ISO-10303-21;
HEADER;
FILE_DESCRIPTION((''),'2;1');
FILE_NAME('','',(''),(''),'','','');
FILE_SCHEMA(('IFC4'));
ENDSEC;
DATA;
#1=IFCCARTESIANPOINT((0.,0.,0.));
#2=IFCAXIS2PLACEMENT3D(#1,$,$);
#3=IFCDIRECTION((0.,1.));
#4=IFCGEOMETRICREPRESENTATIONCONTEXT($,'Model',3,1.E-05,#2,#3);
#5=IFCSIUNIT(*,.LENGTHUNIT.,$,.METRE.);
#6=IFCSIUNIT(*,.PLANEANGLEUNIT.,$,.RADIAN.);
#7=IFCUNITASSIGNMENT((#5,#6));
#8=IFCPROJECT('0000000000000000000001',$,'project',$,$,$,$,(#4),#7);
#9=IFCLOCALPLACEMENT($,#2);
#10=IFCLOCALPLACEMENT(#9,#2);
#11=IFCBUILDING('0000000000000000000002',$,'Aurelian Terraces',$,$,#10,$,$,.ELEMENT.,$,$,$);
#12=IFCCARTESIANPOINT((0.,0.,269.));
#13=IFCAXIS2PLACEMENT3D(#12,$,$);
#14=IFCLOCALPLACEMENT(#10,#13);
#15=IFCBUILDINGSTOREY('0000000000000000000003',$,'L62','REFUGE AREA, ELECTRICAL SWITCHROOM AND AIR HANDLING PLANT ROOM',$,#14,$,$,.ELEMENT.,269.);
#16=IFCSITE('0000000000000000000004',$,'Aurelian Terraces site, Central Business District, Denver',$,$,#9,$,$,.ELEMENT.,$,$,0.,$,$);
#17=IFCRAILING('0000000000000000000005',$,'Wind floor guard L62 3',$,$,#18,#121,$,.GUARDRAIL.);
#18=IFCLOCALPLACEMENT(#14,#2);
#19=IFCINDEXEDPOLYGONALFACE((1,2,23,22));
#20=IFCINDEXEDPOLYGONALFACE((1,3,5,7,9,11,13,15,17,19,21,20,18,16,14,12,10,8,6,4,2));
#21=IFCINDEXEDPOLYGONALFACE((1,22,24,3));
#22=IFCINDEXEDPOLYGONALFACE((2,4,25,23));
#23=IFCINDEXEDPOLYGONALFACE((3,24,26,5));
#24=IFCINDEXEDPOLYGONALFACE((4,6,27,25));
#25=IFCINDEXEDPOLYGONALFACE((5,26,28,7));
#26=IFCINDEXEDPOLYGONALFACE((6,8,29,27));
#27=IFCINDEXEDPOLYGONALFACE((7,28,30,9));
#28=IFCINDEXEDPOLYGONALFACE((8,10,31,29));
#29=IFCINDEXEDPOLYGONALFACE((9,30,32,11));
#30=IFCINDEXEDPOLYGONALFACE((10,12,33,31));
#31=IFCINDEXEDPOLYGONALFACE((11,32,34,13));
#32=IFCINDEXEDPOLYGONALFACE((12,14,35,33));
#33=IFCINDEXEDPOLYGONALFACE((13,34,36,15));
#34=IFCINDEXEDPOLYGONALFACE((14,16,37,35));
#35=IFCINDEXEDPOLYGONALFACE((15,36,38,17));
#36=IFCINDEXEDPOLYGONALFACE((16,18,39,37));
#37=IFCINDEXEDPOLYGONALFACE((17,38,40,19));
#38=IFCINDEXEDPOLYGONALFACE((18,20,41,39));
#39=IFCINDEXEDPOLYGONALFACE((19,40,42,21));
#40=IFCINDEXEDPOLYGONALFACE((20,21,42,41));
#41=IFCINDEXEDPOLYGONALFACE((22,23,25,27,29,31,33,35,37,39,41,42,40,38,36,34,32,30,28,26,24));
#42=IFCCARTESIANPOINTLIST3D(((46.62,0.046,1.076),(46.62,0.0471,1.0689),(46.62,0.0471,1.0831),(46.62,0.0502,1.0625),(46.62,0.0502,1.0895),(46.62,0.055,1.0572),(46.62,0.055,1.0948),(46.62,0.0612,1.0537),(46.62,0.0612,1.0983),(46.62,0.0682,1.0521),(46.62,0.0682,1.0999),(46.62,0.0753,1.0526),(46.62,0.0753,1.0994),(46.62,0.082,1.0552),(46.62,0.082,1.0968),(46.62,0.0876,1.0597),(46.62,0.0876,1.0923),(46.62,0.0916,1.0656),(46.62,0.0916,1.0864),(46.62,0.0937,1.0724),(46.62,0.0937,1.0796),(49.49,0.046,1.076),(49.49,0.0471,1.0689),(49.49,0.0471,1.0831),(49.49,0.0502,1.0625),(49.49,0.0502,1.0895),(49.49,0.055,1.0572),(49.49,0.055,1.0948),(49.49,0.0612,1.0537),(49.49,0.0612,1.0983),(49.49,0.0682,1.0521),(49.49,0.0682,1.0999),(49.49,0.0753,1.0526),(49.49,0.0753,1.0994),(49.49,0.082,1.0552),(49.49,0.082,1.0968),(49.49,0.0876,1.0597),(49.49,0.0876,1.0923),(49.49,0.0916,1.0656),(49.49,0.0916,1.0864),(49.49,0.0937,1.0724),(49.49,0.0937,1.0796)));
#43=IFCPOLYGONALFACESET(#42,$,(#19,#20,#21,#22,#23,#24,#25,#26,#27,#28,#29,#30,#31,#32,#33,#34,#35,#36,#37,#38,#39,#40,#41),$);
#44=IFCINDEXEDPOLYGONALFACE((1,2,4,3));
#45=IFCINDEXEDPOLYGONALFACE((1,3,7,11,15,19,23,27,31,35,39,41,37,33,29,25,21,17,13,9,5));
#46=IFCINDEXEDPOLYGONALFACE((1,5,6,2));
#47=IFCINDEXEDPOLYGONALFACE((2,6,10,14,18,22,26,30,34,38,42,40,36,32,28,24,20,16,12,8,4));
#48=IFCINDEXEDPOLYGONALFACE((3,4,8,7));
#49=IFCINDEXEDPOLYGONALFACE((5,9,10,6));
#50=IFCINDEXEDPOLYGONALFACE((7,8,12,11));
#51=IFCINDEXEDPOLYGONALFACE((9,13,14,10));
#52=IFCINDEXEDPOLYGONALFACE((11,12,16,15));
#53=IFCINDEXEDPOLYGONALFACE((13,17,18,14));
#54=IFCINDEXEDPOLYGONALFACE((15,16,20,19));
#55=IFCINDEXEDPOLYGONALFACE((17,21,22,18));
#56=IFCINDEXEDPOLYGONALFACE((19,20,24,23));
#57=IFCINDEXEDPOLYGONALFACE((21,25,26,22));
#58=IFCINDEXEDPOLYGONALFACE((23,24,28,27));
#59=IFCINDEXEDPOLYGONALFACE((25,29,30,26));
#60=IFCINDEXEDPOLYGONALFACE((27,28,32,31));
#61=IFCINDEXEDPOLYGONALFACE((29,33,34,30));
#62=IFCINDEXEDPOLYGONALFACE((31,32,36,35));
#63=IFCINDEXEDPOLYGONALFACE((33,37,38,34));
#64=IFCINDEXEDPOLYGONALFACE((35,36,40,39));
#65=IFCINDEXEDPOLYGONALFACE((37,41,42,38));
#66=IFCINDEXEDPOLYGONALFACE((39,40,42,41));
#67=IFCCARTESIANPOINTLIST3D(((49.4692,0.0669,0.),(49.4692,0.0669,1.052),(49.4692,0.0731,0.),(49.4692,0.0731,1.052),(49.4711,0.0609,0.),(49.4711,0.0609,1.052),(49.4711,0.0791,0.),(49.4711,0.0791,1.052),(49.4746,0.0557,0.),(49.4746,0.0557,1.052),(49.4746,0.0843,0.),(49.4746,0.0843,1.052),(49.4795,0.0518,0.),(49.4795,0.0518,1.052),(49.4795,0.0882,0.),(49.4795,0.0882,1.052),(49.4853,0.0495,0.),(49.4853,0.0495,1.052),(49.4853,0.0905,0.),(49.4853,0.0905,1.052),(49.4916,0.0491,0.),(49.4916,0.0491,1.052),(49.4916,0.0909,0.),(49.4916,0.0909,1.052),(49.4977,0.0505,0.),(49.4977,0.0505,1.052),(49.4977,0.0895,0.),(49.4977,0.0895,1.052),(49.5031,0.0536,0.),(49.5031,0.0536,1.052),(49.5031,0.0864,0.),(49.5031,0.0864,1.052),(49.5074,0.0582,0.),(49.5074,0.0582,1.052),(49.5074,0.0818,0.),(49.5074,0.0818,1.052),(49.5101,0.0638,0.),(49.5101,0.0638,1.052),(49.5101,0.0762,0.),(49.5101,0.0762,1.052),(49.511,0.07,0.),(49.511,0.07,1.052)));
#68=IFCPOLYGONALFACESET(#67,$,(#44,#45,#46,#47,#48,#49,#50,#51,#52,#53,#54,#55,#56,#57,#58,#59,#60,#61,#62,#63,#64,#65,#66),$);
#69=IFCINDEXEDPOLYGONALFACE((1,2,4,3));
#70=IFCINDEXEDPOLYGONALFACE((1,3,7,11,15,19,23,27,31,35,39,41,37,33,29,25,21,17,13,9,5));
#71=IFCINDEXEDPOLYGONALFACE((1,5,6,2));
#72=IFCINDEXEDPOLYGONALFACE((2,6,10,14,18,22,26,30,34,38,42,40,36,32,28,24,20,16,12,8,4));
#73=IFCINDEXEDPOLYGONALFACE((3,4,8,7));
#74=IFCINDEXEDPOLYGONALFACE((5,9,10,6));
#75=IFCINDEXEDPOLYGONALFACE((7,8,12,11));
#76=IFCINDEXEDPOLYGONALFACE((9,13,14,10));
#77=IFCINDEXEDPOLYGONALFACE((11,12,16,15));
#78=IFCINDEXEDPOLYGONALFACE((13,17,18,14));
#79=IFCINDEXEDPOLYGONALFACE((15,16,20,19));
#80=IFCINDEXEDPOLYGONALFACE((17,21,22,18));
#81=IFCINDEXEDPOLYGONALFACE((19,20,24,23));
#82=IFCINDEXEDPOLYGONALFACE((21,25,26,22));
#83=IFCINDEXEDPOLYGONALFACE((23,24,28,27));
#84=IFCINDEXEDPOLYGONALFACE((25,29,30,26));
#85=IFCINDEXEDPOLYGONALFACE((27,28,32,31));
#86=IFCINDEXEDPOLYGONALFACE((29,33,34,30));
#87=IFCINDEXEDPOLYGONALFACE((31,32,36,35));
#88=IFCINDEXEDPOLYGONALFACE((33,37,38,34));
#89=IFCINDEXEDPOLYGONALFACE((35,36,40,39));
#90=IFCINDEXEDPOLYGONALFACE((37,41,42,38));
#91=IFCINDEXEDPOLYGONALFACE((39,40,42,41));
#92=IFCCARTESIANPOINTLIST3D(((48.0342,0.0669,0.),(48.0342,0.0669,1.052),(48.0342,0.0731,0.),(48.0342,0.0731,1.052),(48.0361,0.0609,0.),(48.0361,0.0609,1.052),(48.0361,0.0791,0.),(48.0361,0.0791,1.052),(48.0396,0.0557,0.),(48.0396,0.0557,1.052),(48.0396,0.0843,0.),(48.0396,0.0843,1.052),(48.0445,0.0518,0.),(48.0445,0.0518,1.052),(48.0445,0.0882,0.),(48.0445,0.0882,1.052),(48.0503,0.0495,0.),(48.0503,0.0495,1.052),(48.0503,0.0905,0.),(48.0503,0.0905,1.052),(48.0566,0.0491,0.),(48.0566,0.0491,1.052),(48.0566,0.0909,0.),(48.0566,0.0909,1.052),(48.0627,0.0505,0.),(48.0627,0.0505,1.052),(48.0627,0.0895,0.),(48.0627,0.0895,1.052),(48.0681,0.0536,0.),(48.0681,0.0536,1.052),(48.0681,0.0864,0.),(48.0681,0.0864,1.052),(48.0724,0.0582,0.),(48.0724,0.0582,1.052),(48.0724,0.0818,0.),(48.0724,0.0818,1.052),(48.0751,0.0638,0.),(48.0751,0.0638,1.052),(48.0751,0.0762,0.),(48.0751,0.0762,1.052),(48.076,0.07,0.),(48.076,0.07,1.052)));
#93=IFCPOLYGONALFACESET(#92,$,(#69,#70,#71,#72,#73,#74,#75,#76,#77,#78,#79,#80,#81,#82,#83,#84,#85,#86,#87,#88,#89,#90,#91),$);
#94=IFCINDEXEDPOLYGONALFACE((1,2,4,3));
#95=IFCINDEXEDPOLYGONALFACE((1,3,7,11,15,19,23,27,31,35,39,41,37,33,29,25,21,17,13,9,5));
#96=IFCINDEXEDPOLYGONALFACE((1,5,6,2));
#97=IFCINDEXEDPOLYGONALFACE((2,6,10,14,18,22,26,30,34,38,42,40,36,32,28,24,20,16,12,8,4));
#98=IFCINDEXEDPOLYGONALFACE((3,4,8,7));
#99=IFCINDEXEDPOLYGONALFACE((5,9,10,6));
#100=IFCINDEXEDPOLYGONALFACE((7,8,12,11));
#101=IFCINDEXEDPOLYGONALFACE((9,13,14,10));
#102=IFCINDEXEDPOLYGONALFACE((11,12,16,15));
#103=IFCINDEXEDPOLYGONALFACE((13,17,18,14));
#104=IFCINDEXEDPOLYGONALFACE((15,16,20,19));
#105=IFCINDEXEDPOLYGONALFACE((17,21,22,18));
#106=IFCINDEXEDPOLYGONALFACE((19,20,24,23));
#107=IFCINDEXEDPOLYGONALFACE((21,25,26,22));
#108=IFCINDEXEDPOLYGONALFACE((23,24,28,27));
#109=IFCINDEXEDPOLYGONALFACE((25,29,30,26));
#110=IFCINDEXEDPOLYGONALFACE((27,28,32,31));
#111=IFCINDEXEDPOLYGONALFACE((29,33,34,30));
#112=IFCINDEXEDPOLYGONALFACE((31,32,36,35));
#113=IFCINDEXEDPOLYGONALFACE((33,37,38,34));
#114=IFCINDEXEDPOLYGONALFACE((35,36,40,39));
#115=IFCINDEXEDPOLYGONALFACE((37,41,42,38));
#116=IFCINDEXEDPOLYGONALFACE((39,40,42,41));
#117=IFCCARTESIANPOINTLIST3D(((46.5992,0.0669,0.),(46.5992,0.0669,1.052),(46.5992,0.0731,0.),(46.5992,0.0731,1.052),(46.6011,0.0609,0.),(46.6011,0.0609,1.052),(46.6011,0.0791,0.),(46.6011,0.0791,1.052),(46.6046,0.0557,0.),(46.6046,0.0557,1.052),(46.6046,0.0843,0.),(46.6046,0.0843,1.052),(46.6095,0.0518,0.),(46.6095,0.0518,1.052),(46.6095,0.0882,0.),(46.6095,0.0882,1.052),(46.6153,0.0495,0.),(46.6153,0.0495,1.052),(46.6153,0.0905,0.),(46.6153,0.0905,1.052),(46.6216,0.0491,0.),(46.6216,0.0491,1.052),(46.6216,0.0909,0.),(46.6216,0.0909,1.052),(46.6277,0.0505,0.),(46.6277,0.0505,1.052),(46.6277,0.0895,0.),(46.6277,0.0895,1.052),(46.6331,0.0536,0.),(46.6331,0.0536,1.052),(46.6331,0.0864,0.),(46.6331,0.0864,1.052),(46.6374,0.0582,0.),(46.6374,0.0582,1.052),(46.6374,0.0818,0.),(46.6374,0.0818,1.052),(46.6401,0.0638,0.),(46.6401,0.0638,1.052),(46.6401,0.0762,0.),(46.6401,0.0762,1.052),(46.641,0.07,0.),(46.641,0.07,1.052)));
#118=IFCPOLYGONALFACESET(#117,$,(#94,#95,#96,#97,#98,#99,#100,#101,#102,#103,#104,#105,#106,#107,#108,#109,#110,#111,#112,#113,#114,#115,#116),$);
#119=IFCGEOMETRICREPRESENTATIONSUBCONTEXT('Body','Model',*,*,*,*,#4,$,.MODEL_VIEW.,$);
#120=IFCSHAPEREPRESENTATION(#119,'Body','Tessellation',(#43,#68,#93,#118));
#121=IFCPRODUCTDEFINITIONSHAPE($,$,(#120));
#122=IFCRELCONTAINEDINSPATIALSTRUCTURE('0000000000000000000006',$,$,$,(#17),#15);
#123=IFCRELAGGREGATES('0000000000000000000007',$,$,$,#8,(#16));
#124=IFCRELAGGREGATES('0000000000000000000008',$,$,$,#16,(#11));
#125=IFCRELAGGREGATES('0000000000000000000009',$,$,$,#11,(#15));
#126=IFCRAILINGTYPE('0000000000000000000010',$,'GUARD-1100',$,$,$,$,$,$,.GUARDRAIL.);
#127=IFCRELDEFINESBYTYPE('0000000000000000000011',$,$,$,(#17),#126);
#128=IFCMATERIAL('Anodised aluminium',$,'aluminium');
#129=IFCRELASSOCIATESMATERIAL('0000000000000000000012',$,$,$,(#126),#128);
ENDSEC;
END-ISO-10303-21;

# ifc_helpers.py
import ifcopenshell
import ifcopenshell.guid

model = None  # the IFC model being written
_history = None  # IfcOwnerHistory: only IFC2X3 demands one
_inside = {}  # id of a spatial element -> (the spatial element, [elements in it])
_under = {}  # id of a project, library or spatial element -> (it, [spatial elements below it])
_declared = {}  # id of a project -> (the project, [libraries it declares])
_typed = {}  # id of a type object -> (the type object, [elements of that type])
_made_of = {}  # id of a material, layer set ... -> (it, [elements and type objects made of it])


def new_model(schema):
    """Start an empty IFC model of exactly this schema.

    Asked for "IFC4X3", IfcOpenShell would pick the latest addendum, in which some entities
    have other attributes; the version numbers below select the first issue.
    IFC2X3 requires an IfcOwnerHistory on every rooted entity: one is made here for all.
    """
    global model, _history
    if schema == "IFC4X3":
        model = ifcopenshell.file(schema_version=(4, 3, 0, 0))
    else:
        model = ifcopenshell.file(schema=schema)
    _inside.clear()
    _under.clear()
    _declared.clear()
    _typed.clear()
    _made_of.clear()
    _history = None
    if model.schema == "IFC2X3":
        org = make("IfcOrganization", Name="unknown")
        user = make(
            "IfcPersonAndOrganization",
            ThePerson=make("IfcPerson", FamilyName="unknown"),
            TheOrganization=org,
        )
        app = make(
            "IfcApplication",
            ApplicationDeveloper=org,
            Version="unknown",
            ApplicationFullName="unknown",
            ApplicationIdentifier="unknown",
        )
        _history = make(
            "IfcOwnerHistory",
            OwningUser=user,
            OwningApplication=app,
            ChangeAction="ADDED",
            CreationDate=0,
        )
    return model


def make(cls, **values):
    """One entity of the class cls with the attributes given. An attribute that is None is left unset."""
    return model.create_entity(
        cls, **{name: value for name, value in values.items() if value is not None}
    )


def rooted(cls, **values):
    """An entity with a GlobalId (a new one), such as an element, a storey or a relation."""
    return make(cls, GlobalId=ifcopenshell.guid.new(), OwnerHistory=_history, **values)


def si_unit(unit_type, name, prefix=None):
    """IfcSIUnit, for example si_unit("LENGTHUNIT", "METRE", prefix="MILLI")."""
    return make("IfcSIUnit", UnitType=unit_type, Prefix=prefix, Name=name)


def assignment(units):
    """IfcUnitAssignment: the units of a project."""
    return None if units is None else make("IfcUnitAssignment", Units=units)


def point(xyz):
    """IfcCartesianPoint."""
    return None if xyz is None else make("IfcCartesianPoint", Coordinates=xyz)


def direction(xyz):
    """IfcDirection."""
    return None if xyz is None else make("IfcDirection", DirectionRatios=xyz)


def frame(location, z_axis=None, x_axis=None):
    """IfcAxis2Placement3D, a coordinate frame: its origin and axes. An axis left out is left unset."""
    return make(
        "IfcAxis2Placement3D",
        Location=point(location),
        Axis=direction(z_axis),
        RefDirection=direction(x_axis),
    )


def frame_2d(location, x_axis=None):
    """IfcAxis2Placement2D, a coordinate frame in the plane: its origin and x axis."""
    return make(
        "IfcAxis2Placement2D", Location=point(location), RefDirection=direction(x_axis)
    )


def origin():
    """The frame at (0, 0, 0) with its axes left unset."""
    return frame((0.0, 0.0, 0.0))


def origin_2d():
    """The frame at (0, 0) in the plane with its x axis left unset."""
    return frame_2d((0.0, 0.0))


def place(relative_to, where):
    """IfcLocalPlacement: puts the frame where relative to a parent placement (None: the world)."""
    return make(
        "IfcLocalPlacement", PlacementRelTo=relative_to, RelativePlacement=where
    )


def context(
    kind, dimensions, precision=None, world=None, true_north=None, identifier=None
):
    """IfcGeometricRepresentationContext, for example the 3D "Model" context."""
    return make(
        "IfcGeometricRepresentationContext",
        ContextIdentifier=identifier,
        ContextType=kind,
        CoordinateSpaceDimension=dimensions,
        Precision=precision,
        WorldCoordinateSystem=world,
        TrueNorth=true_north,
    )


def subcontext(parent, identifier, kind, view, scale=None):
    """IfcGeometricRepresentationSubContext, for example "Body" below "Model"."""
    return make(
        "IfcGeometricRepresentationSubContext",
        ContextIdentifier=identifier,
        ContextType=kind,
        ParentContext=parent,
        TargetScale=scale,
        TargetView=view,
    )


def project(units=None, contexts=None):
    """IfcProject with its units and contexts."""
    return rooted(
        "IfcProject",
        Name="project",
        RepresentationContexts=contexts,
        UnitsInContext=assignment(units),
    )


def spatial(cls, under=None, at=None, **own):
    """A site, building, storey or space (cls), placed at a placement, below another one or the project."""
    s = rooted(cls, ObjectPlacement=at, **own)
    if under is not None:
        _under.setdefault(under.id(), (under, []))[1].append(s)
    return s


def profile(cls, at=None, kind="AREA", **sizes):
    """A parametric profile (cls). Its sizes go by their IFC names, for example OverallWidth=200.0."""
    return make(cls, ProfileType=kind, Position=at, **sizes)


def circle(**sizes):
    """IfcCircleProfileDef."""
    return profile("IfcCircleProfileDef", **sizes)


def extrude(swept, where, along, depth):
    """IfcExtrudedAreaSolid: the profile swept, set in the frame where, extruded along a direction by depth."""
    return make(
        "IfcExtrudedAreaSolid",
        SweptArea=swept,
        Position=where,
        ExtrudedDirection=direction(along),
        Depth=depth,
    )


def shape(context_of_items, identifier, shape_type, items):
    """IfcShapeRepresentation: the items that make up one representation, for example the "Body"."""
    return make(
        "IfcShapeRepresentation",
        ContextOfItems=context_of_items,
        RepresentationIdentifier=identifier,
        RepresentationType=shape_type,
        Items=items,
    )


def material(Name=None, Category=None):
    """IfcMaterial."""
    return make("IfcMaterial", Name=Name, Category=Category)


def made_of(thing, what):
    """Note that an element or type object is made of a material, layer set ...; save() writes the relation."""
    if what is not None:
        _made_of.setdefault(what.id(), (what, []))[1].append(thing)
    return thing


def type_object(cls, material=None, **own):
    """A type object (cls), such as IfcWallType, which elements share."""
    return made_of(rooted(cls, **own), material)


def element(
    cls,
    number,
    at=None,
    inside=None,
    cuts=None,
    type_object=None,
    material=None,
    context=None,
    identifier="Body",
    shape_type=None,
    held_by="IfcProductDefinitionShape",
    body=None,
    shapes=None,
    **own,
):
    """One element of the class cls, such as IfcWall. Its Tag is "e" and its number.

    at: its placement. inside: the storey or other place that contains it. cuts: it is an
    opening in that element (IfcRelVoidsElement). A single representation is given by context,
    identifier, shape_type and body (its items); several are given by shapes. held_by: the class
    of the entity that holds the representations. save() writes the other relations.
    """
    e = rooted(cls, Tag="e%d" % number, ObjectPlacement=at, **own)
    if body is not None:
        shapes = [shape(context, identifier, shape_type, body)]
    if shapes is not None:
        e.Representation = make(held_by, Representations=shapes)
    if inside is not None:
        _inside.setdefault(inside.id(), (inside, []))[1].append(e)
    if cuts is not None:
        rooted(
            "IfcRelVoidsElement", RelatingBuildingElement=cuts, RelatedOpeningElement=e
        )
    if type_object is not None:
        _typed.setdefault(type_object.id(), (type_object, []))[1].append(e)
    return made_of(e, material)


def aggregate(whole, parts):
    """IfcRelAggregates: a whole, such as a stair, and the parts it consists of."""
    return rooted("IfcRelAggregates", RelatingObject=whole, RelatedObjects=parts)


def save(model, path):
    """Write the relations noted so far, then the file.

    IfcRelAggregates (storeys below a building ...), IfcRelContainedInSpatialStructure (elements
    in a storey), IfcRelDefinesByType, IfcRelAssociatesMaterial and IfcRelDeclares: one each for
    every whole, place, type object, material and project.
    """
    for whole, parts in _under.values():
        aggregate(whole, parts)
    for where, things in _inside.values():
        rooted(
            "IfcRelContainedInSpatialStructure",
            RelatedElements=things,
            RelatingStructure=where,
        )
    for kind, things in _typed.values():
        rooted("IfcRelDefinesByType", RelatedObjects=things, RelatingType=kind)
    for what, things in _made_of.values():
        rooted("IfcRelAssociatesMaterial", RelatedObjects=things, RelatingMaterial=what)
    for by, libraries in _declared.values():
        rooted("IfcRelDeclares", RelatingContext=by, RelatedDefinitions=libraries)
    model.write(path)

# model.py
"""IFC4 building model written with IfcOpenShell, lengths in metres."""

from ifc_helpers import new_model, si_unit, direction, frame, origin, origin_2d, place, context, subcontext, project, spatial, circle, extrude, material, type_object, element, save


model = new_model("IFC4")

# Units and contexts
model_context = context("Model", 3, precision=1e-05, world=origin(), true_north=direction((0.0, 1.0)))
body_context = subcontext(model_context, "Body", "Model", "MODEL_VIEW")
ifc_project = project(units=[si_unit("LENGTHUNIT", "METRE"), si_unit("PLANEANGLEUNIT", "RADIAN")], contexts=[model_context])

# Site, building, storey
site_placement = place(None, origin())
site = spatial("IfcSite", under=ifc_project, at=site_placement, Name="Aurelian Terraces site, Central Business District, Denver", CompositionType="ELEMENT", RefElevation=0.0)
building_placement = place(site_placement, origin())
building = spatial("IfcBuilding", under=site, at=building_placement, Name="Aurelian Terraces", CompositionType="ELEMENT")
storey_placement = place(building_placement, frame((0.0, 0.0, 269.0)))
storey = spatial("IfcBuildingStorey", under=building, at=storey_placement, Name="L62", Description="REFUGE AREA, ELECTRICAL SWITCHROOM AND AIR HANDLING PLANT ROOM", CompositionType="ELEMENT", Elevation=269.0)

# Railing
ifc_material_1 = material(Name="Anodised aluminium", Category="aluminium")
railing_type_1 = type_object("IfcRailingType", Name="GUARD-1100", PredefinedType="GUARDRAIL", material=ifc_material_1)
railing_1_placement = place(storey_placement, frame((49.49, 0.07, 0.0)))
element("IfcRailing", 1, at=railing_1_placement, inside=storey, type_object=railing_type_1, Name="Wind floor guard L62 3", PredefinedType="GUARDRAIL", context=body_context, shape_type="SweptSolid", body=[
    extrude(circle(Radius=0.024, at=origin_2d()), frame((0.0, 0.0, 1.076), z_axis=(-1.0, 0.0, 0.0), x_axis=(0.0, -1.0, 0.0)), (0.0, 0.0, 1.0), 2.87),
    extrude(circle(Radius=0.021, at=origin_2d()), origin(), (0.0, 0.0, 1.0), 1.052),
    extrude(circle(Radius=0.021, at=origin_2d()), frame((-1.435, 0.0, 0.0)), (0.0, 0.0, 1.0), 1.052),
    extrude(circle(Radius=0.021, at=origin_2d()), frame((-2.87, 0.0, 0.0)), (0.0, 0.0, 1.0), 1.052),
])

save(model, "model.ifc")
